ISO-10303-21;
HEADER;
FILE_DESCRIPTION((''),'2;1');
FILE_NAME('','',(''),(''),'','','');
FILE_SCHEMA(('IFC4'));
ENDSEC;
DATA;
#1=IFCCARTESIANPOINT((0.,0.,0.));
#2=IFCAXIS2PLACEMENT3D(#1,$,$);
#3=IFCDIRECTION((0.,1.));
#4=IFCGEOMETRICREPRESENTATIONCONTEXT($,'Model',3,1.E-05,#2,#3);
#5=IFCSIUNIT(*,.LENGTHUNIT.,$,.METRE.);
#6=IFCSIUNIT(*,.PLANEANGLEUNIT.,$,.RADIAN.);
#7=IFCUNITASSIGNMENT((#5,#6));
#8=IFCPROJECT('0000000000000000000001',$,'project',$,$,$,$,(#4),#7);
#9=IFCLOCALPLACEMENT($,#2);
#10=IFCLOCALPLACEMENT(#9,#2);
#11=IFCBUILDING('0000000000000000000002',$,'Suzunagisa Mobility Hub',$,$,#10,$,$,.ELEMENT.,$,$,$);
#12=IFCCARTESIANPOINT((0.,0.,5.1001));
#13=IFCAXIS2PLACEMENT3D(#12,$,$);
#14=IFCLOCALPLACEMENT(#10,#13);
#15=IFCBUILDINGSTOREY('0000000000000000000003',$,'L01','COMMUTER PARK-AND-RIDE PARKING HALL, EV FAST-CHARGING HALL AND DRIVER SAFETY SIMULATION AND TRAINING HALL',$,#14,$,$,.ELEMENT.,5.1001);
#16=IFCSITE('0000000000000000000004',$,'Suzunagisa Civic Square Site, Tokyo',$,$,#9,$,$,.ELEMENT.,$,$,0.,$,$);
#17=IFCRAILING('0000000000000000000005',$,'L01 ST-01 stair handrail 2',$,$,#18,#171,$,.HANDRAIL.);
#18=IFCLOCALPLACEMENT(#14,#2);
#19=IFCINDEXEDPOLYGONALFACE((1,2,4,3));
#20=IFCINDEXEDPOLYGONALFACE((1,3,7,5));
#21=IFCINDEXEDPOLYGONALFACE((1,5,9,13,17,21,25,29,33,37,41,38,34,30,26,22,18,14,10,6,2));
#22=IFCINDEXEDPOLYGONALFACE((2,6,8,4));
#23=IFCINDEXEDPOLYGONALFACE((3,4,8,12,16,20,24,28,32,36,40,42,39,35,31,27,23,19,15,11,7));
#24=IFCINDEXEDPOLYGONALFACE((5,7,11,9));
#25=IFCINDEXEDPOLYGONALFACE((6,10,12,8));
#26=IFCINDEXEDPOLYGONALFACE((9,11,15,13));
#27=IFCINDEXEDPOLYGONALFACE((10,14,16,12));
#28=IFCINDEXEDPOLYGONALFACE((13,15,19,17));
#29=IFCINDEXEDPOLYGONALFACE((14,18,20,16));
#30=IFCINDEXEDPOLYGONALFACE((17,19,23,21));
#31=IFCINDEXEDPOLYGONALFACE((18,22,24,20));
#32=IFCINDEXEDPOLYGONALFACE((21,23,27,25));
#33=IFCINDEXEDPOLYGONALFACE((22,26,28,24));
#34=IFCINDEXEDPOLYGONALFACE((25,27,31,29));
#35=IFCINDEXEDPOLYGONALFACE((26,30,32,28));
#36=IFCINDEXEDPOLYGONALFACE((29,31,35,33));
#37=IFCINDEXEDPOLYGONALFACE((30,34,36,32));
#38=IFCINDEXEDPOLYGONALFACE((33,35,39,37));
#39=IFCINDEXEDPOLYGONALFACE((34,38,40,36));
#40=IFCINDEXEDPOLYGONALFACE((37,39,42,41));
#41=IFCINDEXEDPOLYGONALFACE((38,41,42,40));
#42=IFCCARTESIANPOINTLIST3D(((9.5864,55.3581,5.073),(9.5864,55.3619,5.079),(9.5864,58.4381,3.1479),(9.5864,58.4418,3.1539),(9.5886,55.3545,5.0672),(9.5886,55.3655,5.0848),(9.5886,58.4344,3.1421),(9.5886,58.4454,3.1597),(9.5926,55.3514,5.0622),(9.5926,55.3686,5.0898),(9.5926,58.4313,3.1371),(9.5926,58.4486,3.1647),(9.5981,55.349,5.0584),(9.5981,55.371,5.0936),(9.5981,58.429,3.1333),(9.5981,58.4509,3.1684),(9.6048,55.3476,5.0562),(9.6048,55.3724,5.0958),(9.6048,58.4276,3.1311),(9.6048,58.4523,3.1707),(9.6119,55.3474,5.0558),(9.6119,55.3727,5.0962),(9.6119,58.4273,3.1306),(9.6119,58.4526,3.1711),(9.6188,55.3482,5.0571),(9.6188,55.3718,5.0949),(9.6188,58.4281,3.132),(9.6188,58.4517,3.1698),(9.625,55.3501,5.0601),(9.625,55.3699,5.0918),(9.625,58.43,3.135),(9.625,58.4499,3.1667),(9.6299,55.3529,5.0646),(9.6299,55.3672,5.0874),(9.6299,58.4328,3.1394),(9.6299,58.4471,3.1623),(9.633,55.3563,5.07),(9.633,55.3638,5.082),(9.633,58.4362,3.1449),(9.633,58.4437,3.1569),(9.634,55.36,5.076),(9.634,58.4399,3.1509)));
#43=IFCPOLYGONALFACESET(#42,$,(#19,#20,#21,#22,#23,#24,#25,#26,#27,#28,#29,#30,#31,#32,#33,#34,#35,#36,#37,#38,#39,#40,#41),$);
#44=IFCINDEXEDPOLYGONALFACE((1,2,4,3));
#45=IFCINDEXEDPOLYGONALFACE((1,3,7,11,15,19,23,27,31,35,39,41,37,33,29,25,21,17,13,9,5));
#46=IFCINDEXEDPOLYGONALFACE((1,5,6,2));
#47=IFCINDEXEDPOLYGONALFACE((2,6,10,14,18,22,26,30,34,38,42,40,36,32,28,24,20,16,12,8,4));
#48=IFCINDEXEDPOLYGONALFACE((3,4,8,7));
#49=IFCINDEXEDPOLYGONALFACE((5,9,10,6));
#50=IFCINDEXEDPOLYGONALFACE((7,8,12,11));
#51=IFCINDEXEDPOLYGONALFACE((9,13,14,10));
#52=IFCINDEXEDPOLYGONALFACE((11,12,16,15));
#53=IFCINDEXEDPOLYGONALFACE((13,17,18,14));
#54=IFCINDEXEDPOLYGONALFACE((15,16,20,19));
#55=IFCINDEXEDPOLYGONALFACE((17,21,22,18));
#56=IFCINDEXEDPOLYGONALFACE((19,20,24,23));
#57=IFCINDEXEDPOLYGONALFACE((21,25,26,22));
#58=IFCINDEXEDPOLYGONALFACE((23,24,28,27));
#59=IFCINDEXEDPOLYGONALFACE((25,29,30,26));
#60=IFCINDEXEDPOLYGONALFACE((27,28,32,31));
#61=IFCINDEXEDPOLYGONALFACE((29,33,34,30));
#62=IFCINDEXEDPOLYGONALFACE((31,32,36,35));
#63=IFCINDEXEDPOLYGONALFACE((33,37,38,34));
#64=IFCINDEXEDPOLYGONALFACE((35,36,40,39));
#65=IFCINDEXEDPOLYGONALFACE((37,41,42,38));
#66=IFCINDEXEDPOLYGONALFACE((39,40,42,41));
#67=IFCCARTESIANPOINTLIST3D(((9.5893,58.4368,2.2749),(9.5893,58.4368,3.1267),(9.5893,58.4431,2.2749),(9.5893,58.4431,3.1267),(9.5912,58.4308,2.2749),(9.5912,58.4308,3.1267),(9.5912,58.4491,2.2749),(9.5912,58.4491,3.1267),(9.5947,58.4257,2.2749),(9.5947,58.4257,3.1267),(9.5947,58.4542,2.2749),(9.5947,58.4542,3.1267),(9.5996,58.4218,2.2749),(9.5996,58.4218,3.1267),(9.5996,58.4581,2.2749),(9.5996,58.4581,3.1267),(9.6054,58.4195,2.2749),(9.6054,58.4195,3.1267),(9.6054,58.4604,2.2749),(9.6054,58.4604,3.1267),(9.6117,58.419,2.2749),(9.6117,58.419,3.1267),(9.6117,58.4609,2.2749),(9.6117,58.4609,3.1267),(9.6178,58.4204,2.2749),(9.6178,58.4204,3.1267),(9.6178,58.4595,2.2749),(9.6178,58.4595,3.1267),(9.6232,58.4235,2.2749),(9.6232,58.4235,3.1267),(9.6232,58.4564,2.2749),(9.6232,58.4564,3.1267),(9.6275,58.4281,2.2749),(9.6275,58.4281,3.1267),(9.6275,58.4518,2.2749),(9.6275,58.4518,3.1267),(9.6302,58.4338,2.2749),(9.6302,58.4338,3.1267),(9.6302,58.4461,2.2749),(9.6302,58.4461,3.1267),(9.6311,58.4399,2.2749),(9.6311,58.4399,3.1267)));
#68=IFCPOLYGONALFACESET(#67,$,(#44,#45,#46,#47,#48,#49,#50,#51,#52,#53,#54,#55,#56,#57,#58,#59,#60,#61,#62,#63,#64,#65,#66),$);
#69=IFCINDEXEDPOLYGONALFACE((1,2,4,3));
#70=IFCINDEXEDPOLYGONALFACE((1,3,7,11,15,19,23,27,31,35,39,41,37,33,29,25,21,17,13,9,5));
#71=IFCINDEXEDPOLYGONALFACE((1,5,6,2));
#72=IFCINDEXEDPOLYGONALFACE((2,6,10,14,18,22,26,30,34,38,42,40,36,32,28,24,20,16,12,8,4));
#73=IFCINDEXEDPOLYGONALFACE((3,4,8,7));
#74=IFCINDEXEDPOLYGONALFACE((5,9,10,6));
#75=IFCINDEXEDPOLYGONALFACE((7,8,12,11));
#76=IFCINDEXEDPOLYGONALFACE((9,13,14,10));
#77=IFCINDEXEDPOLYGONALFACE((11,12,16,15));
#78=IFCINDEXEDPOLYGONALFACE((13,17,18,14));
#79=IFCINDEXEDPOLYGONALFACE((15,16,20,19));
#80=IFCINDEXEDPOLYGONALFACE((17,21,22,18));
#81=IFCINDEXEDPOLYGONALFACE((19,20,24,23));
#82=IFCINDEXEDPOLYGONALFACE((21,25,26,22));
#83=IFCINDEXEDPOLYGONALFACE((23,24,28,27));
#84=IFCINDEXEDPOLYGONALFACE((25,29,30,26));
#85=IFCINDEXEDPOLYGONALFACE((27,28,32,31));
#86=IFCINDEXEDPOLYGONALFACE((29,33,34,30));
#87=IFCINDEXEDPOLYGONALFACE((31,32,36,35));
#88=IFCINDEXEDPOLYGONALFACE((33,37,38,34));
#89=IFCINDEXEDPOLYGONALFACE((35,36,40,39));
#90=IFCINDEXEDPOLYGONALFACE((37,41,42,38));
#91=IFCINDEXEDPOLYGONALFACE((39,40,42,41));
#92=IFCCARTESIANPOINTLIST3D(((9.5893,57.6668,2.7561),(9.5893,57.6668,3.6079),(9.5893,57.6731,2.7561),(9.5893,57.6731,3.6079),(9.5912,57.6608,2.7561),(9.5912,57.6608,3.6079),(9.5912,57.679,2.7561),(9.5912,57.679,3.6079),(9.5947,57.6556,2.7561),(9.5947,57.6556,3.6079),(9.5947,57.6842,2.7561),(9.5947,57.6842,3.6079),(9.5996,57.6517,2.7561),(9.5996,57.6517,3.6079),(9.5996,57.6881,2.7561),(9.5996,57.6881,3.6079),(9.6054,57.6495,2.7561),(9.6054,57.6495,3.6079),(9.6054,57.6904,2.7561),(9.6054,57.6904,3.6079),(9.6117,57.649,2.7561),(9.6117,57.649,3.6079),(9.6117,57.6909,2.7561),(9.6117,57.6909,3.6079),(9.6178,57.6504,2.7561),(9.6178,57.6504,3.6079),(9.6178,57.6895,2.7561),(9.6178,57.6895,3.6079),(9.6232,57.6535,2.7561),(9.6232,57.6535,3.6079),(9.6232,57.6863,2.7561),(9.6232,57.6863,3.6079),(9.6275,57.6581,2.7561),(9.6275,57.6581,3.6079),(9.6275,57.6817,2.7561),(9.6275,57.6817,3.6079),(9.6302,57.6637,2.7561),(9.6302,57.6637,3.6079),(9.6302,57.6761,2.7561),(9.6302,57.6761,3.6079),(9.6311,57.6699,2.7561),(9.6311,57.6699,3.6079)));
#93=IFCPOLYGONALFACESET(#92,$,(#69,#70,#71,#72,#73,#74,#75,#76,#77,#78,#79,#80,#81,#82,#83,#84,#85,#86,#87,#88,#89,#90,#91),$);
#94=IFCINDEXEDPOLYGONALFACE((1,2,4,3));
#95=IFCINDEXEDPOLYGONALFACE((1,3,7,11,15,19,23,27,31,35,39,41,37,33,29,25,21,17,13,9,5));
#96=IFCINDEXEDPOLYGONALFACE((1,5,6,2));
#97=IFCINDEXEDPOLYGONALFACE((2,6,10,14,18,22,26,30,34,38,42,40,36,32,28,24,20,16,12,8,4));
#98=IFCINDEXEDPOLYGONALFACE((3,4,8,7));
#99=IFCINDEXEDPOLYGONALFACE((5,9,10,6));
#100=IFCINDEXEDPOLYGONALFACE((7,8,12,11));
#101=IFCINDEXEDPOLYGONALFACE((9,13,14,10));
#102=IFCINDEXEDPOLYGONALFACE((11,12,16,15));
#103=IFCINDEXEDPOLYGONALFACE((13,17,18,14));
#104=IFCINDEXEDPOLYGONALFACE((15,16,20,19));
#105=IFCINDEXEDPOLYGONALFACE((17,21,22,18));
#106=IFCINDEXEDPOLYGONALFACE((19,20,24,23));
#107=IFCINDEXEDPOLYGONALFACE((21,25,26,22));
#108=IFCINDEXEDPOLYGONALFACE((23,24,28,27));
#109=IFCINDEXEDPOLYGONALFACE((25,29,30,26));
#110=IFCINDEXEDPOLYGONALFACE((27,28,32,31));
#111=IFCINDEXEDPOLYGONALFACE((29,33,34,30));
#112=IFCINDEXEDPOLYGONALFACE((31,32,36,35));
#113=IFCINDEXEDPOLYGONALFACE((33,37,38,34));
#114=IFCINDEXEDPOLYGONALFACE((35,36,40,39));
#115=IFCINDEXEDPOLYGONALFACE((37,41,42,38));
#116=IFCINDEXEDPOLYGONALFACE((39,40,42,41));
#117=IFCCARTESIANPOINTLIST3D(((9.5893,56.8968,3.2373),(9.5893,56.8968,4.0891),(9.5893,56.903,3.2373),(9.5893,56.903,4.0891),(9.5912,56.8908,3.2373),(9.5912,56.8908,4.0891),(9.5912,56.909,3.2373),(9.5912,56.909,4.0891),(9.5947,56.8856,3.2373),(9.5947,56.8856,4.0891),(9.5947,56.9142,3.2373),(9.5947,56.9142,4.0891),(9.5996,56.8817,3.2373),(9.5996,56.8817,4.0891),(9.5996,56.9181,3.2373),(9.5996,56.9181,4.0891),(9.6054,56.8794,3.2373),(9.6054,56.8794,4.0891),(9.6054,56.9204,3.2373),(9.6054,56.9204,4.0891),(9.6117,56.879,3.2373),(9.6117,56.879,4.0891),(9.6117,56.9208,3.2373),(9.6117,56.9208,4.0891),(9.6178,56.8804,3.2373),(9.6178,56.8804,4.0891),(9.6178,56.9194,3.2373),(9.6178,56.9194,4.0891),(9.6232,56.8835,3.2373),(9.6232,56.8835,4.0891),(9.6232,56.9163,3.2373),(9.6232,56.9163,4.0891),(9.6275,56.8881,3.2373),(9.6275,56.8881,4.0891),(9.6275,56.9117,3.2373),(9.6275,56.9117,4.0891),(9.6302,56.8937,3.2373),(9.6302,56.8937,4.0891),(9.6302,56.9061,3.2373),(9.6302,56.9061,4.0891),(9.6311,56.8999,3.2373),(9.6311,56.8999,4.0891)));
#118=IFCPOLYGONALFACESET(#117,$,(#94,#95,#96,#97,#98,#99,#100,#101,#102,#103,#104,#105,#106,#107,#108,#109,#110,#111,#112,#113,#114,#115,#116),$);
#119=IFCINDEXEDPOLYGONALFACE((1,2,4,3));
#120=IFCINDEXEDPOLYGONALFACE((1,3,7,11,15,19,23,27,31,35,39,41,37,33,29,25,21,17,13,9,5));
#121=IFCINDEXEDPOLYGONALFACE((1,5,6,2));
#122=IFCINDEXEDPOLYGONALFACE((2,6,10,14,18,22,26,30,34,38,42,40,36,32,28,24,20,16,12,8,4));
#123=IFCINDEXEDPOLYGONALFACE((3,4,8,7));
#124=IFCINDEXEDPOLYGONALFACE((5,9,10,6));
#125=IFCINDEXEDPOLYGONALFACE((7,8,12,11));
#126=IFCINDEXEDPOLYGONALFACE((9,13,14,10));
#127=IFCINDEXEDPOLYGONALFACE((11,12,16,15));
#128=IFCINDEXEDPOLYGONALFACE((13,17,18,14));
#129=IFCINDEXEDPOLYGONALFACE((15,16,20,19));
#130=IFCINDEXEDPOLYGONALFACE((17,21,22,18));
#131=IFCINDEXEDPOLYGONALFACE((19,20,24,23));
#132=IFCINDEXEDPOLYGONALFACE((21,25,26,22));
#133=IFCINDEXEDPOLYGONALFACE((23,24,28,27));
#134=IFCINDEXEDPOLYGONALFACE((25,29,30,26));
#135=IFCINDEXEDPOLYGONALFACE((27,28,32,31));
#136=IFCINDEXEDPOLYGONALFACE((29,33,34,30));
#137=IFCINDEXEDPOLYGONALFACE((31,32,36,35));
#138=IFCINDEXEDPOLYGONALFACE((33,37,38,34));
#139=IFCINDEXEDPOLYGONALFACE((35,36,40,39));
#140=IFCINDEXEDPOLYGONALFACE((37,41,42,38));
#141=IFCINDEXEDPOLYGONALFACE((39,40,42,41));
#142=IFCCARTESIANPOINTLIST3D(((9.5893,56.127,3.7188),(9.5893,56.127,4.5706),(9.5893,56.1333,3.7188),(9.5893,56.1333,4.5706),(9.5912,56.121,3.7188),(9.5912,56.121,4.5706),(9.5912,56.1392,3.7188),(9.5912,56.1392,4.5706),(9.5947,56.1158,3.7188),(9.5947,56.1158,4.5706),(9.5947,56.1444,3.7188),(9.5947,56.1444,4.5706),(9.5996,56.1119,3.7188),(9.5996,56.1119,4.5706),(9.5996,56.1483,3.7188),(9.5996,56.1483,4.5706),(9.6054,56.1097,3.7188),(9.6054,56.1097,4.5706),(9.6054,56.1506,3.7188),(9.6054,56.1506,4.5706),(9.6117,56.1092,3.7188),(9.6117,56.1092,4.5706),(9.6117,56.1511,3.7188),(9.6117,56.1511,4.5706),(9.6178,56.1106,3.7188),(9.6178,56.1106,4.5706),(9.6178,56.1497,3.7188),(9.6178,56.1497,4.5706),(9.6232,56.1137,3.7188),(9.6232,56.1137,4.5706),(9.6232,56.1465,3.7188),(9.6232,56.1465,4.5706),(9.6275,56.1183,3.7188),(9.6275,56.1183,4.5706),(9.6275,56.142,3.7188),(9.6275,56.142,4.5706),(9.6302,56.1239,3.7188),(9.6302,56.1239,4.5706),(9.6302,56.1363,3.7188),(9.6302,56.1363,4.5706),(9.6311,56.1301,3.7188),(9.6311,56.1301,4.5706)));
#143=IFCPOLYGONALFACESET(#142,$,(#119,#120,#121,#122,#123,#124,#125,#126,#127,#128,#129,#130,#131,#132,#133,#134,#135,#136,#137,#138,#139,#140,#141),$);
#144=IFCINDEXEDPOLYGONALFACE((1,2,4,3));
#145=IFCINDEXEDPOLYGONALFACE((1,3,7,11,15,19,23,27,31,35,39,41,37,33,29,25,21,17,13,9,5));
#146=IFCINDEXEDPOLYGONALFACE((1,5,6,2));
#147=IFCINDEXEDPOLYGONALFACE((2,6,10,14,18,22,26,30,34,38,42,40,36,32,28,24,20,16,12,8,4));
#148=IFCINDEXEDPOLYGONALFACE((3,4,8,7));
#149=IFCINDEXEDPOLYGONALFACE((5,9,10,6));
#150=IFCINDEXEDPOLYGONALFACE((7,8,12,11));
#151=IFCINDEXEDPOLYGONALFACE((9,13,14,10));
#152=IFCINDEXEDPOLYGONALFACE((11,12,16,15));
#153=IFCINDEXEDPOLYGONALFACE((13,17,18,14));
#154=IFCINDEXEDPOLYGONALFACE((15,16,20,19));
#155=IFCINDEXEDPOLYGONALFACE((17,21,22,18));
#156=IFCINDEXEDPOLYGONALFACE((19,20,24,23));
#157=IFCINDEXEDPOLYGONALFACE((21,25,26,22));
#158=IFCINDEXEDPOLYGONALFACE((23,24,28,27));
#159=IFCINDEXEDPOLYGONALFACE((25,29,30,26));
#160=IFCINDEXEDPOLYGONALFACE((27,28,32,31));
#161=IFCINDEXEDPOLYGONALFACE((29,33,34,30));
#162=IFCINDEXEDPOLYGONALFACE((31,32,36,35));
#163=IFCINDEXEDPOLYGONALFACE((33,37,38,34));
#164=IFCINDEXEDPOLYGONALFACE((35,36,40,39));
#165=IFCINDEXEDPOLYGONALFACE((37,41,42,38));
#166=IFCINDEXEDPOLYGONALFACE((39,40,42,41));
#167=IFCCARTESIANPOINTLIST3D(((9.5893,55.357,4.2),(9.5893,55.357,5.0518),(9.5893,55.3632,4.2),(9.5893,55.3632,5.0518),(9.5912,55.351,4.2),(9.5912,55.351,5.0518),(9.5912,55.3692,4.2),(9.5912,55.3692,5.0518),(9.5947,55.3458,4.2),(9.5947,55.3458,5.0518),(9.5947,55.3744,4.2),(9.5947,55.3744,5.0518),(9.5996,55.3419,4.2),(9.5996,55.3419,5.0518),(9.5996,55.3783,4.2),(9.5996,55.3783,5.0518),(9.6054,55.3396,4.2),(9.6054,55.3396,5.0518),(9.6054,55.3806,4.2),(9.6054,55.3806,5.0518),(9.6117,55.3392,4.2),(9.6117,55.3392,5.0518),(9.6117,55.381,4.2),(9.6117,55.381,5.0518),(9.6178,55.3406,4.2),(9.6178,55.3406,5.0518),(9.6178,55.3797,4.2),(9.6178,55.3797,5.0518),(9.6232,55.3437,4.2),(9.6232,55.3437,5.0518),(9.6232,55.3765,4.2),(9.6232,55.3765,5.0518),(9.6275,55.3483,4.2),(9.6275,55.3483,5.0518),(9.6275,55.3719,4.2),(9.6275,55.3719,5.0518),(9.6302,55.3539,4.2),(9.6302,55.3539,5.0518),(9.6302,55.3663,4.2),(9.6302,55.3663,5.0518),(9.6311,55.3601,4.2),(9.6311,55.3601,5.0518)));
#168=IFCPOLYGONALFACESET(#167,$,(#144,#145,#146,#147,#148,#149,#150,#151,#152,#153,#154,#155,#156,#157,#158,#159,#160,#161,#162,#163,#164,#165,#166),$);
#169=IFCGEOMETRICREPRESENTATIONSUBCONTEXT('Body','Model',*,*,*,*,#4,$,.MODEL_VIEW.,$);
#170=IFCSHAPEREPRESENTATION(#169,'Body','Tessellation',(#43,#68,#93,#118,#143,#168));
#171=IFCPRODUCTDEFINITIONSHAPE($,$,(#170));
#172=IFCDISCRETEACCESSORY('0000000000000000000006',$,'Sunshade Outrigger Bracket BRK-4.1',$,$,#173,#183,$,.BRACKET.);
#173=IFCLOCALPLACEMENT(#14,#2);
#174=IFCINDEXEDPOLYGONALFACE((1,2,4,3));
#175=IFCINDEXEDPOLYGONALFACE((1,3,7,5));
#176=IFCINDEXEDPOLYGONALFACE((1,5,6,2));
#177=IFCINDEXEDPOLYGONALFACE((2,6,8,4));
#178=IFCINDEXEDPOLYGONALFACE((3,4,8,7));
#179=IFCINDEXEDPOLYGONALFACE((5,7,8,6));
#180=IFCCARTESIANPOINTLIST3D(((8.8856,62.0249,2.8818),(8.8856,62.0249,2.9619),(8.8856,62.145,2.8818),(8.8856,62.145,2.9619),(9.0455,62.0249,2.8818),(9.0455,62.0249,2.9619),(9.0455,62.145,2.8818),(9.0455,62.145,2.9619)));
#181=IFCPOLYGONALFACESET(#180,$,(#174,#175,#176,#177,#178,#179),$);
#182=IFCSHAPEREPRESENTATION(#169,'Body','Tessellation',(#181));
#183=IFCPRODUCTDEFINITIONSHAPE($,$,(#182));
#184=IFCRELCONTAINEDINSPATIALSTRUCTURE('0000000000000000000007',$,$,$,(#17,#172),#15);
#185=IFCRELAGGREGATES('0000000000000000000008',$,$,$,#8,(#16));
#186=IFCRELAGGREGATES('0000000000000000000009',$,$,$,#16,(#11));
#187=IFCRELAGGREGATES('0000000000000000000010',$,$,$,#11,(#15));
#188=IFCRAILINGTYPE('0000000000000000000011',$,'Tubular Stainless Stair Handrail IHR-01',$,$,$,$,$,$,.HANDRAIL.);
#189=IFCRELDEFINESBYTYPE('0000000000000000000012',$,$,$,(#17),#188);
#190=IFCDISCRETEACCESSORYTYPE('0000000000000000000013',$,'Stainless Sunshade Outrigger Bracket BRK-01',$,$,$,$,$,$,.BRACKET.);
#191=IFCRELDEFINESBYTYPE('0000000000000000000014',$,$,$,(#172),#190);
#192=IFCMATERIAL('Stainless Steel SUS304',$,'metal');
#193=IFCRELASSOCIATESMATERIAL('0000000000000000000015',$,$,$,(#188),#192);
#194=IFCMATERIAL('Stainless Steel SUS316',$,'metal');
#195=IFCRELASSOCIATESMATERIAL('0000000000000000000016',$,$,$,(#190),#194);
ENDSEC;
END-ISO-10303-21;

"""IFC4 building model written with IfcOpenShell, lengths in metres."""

from ifc_helpers import new_model, si_unit, direction, frame, origin, origin_2d, place, context, subcontext, project, spatial, rectangle, circle, extrude, material, type_object, element, save


model = new_model("IFC4")

# Units and contexts
model_context = context("Model", 3, precision=1e-05, world=origin(), true_north=direction((0.0, 1.0)))
body_context = subcontext(model_context, "Body", "Model", "MODEL_VIEW")
ifc_project = project(units=[si_unit("LENGTHUNIT", "METRE"), si_unit("PLANEANGLEUNIT", "RADIAN")], contexts=[model_context])

# Site, building, storey
site_placement = place(None, origin())
site = spatial("IfcSite", under=ifc_project, at=site_placement, Name="Suzunagisa Civic Square Site, Tokyo", CompositionType="ELEMENT", RefElevation=0.0)
building_placement = place(site_placement, origin())
building = spatial("IfcBuilding", under=site, at=building_placement, Name="Suzunagisa Mobility Hub", CompositionType="ELEMENT")
storey_placement = place(building_placement, frame((0.0, 0.0, 5.1001)))
storey = spatial("IfcBuildingStorey", under=building, at=storey_placement, Name="L01", Description="COMMUTER PARK-AND-RIDE PARKING HALL, EV FAST-CHARGING HALL AND DRIVER SAFETY SIMULATION AND TRAINING HALL", CompositionType="ELEMENT", Elevation=5.1001)

# Shared definitions
ifc_material_1 = material(Name="Stainless Steel SUS304", Category="metal")

# Railing
railing_type_1 = type_object("IfcRailingType", Name="Tubular Stainless Stair Handrail IHR-01", PredefinedType="HANDRAIL", material=ifc_material_1)
railing_1_placement = place(storey_placement, frame((9.6101, 58.4399, 2.2749)))
element("IfcRailing", 1, at=railing_1_placement, inside=storey, type_object=railing_type_1, Name="L01 ST-01 stair handrail 2", PredefinedType="HANDRAIL", context=body_context, shape_type="SweptSolid", body=[
    extrude(circle(Radius=0.0239, at=origin_2d()), frame((0.0, 0.0, 0.876), z_axis=(0.0, -0.847979, 0.530029), x_axis=(1.0, 0.0, 0.0)), (0.0, 0.0, 1.0), 3.6321),
    extrude(circle(Radius=0.021, at=origin_2d()), origin(), (0.0, 0.0, 1.0), 0.8518),
    extrude(circle(Radius=0.021, at=origin_2d()), frame((0.0, -0.77, 0.4812)), (0.0, 0.0, 1.0), 0.8518),
    extrude(circle(Radius=0.021, at=origin_2d()), frame((0.0, -1.54, 0.9624)), (0.0, 0.0, 1.0), 0.8518),
    extrude(circle(Radius=0.021, at=origin_2d()), frame((0.0, -2.3098, 1.4438)), (0.0, 0.0, 1.0), 0.8518),
    extrude(circle(Radius=0.021, at=origin_2d()), frame((0.0, -3.0798, 1.925)), (0.0, 0.0, 1.0), 0.8518),
])

# Discrete accessory
ifc_material_2 = material(Name="Stainless Steel SUS316", Category="metal")
discrete_accessory_type = type_object("IfcDiscreteAccessoryType", Name="Stainless Sunshade Outrigger Bracket BRK-01", PredefinedType="BRACKET", material=ifc_material_2)
discrete_accessory_placement = place(storey_placement, frame((8.9656, 62.085, 2.8818), z_axis=(0.0, 0.0, 1.0), x_axis=(-1.0, 0.0, 0.0)))
element("IfcDiscreteAccessory", 2, at=discrete_accessory_placement, inside=storey, type_object=discrete_accessory_type, Name="Sunshade Outrigger Bracket BRK-4.1", PredefinedType="BRACKET", context=body_context, shape_type="SweptSolid", body=[
    extrude(rectangle(XDim=0.1599, YDim=0.1201, at=origin_2d()), origin(), (0.0, 0.0, 1.0), 0.0801),
])

save(model, "model.ifc")
